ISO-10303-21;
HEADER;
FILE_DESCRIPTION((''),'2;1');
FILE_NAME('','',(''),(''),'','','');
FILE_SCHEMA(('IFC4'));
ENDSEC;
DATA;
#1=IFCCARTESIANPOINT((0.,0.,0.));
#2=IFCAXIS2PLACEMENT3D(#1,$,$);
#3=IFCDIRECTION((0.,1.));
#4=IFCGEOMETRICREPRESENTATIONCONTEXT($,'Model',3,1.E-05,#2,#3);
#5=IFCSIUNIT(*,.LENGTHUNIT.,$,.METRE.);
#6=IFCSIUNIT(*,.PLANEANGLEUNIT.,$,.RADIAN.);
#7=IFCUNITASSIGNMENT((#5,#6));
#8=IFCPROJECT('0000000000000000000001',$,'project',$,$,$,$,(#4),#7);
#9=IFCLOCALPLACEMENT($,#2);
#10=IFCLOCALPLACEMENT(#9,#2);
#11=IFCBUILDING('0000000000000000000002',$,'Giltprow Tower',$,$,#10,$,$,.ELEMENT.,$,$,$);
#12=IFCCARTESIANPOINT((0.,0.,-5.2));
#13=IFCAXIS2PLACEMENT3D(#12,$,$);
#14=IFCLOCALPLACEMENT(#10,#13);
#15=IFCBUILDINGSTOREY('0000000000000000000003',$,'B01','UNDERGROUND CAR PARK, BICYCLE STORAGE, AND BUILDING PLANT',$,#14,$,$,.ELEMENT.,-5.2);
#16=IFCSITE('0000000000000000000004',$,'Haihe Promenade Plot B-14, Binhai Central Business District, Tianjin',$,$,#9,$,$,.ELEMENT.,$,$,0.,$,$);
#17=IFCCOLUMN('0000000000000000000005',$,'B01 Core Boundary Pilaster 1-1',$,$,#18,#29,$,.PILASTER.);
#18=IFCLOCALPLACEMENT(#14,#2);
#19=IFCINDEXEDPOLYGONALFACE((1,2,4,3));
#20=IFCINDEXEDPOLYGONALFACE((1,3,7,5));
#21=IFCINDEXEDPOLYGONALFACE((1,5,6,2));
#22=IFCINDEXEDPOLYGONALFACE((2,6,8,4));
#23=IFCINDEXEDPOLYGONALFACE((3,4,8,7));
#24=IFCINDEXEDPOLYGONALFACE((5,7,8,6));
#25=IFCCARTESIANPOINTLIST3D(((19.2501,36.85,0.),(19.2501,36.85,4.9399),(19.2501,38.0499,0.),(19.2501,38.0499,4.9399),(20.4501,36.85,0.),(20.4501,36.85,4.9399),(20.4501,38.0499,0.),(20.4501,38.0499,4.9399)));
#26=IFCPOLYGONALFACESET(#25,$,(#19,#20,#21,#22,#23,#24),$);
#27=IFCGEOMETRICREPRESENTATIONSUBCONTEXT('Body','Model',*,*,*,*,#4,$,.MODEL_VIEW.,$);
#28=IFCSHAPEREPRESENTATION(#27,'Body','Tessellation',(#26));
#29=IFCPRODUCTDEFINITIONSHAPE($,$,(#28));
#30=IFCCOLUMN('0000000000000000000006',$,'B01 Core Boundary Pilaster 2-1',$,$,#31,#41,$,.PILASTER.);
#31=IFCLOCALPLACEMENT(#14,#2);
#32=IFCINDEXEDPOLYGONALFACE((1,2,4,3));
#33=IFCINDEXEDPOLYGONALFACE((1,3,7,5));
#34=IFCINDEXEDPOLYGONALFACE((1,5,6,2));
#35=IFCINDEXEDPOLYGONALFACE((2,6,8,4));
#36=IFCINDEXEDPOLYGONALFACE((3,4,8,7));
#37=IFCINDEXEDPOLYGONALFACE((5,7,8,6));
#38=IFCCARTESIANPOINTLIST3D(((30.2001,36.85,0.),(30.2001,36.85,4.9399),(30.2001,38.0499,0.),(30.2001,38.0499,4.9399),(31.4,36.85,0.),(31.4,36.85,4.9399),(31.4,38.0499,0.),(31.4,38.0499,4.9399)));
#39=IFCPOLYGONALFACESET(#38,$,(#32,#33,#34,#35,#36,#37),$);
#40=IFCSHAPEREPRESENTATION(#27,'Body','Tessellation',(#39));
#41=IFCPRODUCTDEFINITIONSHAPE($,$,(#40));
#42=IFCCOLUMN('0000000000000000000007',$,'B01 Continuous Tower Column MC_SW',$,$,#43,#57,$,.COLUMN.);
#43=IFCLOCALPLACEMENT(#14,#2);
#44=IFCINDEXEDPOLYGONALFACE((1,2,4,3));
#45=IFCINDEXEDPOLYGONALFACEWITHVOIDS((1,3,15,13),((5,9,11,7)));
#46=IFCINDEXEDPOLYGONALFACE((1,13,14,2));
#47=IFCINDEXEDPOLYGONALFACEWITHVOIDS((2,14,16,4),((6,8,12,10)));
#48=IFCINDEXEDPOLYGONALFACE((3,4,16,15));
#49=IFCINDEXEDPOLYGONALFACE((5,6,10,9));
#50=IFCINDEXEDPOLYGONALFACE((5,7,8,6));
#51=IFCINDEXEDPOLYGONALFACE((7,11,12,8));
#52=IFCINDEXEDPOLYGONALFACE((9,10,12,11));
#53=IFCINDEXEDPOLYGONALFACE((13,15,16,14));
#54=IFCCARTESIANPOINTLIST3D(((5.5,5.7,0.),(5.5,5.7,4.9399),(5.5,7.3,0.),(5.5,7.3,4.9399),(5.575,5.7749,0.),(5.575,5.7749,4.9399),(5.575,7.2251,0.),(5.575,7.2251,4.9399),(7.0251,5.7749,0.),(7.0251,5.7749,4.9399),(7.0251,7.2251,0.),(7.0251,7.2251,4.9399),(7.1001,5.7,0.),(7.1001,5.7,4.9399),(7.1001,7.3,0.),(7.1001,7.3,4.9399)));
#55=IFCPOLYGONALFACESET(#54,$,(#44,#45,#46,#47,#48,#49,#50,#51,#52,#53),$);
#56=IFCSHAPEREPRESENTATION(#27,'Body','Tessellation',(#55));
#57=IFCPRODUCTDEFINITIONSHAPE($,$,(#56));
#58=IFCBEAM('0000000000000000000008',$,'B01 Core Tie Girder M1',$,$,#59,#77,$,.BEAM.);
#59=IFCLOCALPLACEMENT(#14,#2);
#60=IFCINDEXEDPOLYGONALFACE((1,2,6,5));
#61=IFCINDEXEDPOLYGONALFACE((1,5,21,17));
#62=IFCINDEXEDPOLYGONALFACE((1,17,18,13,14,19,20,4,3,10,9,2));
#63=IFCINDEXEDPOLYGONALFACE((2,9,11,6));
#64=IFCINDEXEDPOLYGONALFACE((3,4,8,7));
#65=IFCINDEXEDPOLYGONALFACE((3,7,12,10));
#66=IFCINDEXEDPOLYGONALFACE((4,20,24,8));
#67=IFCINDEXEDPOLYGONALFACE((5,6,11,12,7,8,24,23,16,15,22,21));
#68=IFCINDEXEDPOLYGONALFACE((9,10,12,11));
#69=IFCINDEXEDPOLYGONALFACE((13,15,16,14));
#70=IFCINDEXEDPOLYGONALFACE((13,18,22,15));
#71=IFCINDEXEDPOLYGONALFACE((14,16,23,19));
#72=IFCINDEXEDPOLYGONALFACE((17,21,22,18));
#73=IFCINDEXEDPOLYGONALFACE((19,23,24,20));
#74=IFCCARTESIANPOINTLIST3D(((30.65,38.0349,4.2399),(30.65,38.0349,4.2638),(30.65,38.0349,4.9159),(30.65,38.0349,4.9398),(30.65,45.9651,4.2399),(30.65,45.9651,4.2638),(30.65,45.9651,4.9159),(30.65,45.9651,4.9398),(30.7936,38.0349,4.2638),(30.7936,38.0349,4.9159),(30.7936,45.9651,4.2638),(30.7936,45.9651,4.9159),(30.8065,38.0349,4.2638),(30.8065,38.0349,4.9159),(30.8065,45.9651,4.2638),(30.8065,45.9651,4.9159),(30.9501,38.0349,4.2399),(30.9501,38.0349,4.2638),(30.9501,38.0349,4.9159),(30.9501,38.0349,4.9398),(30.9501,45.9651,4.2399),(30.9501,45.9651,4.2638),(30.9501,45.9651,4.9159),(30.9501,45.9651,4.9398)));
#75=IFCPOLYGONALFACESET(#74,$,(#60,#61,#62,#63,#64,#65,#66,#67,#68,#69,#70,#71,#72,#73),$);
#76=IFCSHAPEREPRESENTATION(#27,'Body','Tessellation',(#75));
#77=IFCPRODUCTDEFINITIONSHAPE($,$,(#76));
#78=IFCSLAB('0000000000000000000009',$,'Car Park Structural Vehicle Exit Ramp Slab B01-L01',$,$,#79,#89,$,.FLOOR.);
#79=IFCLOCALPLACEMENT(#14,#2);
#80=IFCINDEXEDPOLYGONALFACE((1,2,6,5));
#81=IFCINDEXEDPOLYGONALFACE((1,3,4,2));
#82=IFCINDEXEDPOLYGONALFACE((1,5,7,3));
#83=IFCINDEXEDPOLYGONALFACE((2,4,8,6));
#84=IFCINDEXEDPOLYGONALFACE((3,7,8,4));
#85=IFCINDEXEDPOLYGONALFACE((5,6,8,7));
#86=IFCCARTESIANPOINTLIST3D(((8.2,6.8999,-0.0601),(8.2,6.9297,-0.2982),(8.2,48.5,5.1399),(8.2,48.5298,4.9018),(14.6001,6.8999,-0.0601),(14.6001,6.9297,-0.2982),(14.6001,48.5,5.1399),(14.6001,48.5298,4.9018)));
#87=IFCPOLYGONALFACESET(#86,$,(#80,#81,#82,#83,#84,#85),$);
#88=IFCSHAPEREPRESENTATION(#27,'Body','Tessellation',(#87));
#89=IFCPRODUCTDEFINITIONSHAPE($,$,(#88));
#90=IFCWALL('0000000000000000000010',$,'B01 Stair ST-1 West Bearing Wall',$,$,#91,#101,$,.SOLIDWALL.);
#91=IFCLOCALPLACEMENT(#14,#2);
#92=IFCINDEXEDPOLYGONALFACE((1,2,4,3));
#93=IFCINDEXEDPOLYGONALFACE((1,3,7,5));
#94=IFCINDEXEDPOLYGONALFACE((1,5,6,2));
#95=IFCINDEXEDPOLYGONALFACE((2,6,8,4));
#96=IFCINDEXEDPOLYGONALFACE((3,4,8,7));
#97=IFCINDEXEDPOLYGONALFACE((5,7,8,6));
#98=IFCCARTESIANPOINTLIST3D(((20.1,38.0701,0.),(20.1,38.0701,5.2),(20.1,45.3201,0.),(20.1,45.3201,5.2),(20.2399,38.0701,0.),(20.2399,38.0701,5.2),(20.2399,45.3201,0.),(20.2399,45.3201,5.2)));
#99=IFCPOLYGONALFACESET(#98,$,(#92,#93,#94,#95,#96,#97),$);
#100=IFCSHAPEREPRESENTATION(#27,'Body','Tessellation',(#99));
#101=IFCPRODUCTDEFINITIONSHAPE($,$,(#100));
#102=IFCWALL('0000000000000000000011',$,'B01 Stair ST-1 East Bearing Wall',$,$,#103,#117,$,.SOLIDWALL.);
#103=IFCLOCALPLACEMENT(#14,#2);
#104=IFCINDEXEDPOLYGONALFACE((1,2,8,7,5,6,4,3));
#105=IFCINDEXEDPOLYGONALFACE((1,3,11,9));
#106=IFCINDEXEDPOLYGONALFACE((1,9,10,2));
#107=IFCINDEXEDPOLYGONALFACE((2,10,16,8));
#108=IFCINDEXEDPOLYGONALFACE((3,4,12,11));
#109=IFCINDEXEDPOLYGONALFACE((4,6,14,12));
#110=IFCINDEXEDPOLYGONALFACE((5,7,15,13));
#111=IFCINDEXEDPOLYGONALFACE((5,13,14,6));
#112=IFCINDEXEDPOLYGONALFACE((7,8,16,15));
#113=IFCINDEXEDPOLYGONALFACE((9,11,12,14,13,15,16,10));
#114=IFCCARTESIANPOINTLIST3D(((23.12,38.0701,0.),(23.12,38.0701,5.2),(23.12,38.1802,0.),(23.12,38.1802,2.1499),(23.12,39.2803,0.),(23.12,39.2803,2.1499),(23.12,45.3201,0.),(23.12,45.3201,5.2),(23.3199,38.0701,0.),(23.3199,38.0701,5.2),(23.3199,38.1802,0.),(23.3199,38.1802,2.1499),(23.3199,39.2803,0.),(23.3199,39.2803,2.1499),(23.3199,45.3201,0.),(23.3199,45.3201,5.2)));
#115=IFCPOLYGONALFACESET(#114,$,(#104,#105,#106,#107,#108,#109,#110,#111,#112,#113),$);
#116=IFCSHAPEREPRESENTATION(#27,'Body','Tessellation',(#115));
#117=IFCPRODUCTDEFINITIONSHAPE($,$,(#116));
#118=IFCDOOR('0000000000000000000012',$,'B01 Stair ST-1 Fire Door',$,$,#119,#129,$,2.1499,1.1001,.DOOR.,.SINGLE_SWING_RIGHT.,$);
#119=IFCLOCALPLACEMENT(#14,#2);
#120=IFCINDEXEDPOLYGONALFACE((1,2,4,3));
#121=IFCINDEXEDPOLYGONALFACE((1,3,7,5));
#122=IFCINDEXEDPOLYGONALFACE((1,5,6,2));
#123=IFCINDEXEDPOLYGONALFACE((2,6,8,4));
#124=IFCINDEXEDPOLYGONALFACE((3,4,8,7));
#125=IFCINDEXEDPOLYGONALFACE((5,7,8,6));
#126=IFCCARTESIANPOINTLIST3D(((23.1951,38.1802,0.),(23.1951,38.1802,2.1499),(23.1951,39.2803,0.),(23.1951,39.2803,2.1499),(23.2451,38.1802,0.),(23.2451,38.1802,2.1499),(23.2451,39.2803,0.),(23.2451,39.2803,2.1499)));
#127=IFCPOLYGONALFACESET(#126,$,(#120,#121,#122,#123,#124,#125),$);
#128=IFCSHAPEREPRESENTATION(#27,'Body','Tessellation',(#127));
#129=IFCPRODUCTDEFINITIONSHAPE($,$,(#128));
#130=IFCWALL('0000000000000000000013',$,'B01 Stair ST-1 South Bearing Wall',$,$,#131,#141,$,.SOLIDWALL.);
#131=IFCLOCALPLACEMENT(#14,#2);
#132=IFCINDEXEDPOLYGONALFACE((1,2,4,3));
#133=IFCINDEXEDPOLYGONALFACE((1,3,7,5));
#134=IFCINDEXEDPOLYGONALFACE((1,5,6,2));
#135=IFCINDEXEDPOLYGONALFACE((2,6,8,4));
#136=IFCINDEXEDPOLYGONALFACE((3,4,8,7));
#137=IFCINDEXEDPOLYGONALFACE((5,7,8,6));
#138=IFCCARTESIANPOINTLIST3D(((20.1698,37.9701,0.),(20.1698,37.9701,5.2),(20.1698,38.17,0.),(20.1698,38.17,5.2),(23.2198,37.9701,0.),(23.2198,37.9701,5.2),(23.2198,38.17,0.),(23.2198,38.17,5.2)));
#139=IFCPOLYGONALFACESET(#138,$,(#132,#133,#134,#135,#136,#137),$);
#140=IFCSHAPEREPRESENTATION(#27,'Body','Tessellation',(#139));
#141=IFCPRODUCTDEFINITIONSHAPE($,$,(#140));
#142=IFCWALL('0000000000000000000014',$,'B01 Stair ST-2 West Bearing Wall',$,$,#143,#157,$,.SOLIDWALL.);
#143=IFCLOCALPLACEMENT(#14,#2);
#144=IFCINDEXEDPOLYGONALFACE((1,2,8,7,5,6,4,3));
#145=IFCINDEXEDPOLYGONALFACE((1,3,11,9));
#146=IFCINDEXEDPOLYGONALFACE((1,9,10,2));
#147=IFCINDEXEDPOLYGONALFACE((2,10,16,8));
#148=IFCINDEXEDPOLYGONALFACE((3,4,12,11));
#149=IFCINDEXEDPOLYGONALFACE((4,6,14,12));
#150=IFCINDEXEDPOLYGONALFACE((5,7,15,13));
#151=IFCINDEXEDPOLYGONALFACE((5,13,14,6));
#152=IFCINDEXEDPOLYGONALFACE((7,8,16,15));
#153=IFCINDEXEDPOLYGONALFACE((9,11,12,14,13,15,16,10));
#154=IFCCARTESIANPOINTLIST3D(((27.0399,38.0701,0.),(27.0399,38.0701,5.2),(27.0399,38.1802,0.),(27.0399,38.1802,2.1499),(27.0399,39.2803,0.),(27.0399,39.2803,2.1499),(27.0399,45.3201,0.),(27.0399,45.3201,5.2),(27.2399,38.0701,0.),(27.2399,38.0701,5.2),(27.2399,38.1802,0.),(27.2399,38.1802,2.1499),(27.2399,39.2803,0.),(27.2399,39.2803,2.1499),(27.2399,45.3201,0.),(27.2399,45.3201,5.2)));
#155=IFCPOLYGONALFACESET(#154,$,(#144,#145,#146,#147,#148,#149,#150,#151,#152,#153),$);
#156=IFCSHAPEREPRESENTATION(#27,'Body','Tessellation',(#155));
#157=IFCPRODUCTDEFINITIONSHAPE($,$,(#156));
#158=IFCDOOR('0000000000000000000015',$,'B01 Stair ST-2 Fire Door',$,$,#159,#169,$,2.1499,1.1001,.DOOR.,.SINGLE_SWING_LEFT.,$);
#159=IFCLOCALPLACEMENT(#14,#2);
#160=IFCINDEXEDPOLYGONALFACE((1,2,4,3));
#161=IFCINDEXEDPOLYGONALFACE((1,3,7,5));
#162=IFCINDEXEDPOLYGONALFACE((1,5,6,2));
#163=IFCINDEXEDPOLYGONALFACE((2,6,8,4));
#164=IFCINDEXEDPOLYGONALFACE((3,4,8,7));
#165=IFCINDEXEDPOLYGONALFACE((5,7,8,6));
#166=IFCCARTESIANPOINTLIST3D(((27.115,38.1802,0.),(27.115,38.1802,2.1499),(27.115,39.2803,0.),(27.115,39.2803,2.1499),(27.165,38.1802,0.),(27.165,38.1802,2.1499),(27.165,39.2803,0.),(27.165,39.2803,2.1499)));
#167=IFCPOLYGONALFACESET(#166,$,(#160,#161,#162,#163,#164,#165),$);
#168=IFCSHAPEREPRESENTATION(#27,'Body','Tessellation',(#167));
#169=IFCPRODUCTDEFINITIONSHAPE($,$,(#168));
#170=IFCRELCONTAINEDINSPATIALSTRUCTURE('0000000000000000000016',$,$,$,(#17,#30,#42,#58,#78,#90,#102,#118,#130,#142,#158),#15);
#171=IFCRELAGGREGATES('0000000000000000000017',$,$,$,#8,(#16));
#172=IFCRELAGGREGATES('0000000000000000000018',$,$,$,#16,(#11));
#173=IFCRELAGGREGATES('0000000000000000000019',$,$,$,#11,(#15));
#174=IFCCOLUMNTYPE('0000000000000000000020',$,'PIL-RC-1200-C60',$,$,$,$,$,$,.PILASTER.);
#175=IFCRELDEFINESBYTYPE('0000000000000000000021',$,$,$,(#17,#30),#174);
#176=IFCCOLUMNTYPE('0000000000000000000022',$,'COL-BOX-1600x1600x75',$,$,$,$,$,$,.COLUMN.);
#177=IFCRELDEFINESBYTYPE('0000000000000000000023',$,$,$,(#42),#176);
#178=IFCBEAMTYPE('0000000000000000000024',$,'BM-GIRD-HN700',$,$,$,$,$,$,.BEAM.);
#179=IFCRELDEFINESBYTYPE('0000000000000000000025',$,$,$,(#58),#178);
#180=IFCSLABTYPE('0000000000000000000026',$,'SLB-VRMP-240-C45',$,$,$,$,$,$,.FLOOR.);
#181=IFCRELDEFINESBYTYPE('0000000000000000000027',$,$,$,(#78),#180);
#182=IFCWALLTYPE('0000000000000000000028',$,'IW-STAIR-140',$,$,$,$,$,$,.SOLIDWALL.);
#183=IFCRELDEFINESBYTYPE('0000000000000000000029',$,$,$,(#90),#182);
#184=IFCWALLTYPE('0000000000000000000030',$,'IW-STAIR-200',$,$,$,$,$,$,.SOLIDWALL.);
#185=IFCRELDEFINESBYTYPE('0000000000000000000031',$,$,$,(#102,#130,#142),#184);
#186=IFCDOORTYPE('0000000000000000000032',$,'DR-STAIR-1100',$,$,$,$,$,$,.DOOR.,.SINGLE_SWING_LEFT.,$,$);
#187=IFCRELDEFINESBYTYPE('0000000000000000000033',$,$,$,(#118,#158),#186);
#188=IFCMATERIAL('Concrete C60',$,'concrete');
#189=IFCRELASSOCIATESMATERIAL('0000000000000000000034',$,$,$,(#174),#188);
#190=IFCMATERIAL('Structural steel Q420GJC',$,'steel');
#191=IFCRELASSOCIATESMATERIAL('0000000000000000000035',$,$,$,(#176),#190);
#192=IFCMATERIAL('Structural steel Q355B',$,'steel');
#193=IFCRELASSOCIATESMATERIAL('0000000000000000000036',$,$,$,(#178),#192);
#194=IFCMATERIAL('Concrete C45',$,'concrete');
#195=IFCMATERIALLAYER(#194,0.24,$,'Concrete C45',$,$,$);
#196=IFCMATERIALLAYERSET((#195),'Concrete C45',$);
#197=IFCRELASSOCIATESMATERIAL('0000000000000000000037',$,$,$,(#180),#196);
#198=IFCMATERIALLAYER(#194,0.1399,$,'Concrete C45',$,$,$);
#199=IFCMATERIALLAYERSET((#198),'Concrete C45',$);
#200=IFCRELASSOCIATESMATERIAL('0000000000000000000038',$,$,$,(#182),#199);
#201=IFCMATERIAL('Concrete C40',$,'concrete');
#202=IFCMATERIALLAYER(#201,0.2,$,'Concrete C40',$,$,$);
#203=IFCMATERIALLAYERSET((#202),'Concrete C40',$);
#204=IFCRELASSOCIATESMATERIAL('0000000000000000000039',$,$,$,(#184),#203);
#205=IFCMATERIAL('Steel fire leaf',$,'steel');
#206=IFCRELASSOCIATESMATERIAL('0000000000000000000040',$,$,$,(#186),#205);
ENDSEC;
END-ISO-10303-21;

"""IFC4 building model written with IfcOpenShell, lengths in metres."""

from ifc_helpers import new_model, si_unit, direction, frame, frame_2d, origin, origin_2d, place, context, subcontext, project, spatial, polyline, rectangle, hollow_rectangle, i_section, outline, extrude, source, transform, mapped, material, layer, layer_set, material_profile, profile_set, type_object, element, fill, save


model = new_model("IFC4")

# Units and contexts
model_context = context("Model", 3, precision=1e-05, world=origin(), true_north=direction((0.0, 1.0)))
body_context = subcontext(model_context, "Body", "Model", "MODEL_VIEW")
ifc_project = project(units=[si_unit("LENGTHUNIT", "METRE"), si_unit("PLANEANGLEUNIT", "RADIAN")], contexts=[model_context])

# Site, building, storey
site_placement = place(None, origin())
site = spatial("IfcSite", under=ifc_project, at=site_placement, Name="Haihe Promenade Plot B-14, Binhai Central Business District, Tianjin", CompositionType="ELEMENT", RefElevation=0.0)
building_placement = place(site_placement, origin())
building = spatial("IfcBuilding", under=site, at=building_placement, Name="Giltprow Tower", CompositionType="ELEMENT")
storey_placement = place(building_placement, frame((0.0, 0.0, -5.2)))
storey = spatial("IfcBuildingStorey", under=building, at=storey_placement, Name="B01", Description="UNDERGROUND CAR PARK, BICYCLE STORAGE, AND BUILDING PLANT", CompositionType="ELEMENT", Elevation=-5.2)

# Columns
ifc_material_1 = material(Name="Concrete C60", Category="concrete")
ifc_material_profile_1 = material_profile(ifc_material_1, rectangle(XDim=1.2, YDim=1.2, at=origin_2d()), Name="RC 1200x1200")
ifc_profile_set_1 = profile_set([ifc_material_profile_1], Name="Concrete C60")
column_type_1 = type_object("IfcColumnType", Name="PIL-RC-1200-C60", PredefinedType="PILASTER", material=ifc_profile_set_1)
shared_shape_1 = source(origin(), body_context, "Body", "SweptSolid", [
    extrude(rectangle(XDim=1.2, YDim=1.2, at=origin_2d()), origin(), (0.0, 0.0, 1.0), 4.9399),
])
for number, where, z_axis, x_axis, name in (
    (1, (19.8501, 37.45, 0.0), (0.0, 0.0, 1.0), (1.0, 0.0, 0.0), "B01 Core Boundary Pilaster 1-1"),
    (2, (30.8, 37.45, 0.0), (0.0, 0.0, 1.0), (1.0, 0.0, 0.0), "B01 Core Boundary Pilaster 2-1"),
):
    element("IfcColumn", number, at=place(storey_placement, frame(where, z_axis=z_axis, x_axis=x_axis)), inside=storey, type_object=column_type_1, Name=name, PredefinedType="PILASTER", context=body_context, shape_type="MappedRepresentation", body=[
        mapped(shared_shape_1, transform((0.0, 0.0, 0.0), x_axis=(1.0, 0.0, 0.0), y_axis=(0.0, 1.0, 0.0), z_axis=(0.0, 0.0, 1.0), scale=1.0)),
    ])
ifc_material_2 = material(Name="Structural steel Q420GJC", Category="steel")
ifc_material_profile_2 = material_profile(ifc_material_2, hollow_rectangle(XDim=1.6001, YDim=1.6001, WallThickness=0.075, at=origin_2d()), Name="BOX 1600x1600x75")
ifc_profile_set_2 = profile_set([ifc_material_profile_2], Name="Structural steel Q420GJC")
column_type_2 = type_object("IfcColumnType", Name="COL-BOX-1600x1600x75", PredefinedType="COLUMN", material=ifc_profile_set_2)
shared_shape_2 = source(origin(), body_context, "Body", "SweptSolid", [
    extrude(hollow_rectangle(XDim=1.6001, YDim=1.6001, WallThickness=0.075, at=origin_2d()), origin(), (0.0, 0.0, 1.0), 4.9399),
])
column_placement = place(storey_placement, frame((6.3, 6.5, 0.0), z_axis=(0.0, 0.0, 1.0), x_axis=(1.0, 0.0, 0.0)))
element("IfcColumn", 3, at=column_placement, inside=storey, type_object=column_type_2, Name="B01 Continuous Tower Column MC_SW", PredefinedType="COLUMN", context=body_context, shape_type="MappedRepresentation", body=[
    mapped(shared_shape_2, transform((0.0, 0.0, 0.0), x_axis=(1.0, 0.0, 0.0), y_axis=(0.0, 1.0, 0.0), z_axis=(0.0, 0.0, 1.0), scale=1.0)),
])

# Beam
ifc_material_3 = material(Name="Structural steel Q355B", Category="steel")
ifc_material_profile_3 = material_profile(ifc_material_3, i_section(OverallWidth=0.3, OverallDepth=0.7, WebThickness=0.0129, FlangeThickness=0.0239, at=origin_2d()), Name="HN 700x300x13x24")
ifc_profile_set_3 = profile_set([ifc_material_profile_3], Name="Structural steel Q355B")
beam_type = type_object("IfcBeamType", Name="BM-GIRD-HN700", PredefinedType="BEAM", material=ifc_profile_set_3)
shared_shape_3 = source(origin(), body_context, "Body", "SweptSolid", [
    extrude(i_section(OverallWidth=0.3, OverallDepth=0.7, WebThickness=0.0129, FlangeThickness=0.0239, at=origin_2d()), origin(), (0.0, 0.0, 1.0), 7.9302),
])
beam_placement = place(storey_placement, frame((30.8, 38.0349, 4.5898), z_axis=(0.0, 1.0, 0.0), x_axis=(-1.0, 0.0, 0.0)))
element("IfcBeam", 4, at=beam_placement, inside=storey, type_object=beam_type, Name="B01 Core Tie Girder M1", PredefinedType="BEAM", context=body_context, shape_type="MappedRepresentation", body=[
    mapped(shared_shape_3, transform((0.0, 0.0, 0.0), x_axis=(1.0, 0.0, 0.0), y_axis=(0.0, 1.0, 0.0), z_axis=(0.0, 0.0, 1.0), scale=1.0)),
])

# Slab
ifc_material_4 = material(Name="Concrete C45", Category="concrete")
ifc_layer_1 = layer(ifc_material_4, 0.24, Name="Concrete C45")
ifc_layer_set_1 = layer_set([ifc_layer_1], Name="Concrete C45")
slab_type = type_object("IfcSlabType", Name="SLB-VRMP-240-C45", PredefinedType="FLOOR", material=ifc_layer_set_1)
slab_placement = place(storey_placement, frame((8.2, 6.8999, -0.0601), z_axis=(0.0, -0.124033, 0.992278), x_axis=(1.0, 0.0, 0.0)))
element("IfcSlab", 5, at=slab_placement, inside=storey, type_object=slab_type, Name="Car Park Structural Vehicle Exit Ramp Slab B01-L01", PredefinedType="FLOOR", context=body_context, shape_type="SweptSolid", body=[
    extrude(outline(polyline([(0.0, 0.0), (6.4001, 0.0), (6.4001, 41.9238), (0.0, 41.9238), (0.0, 0.0)])), origin(), (0.0, 0.0, -1.0), 0.24),
])

# Wall
ifc_layer_2 = layer(ifc_material_4, 0.1399, Name="Concrete C45")
ifc_layer_set_2 = layer_set([ifc_layer_2], Name="Concrete C45")
wall_type_1 = type_object("IfcWallType", Name="IW-STAIR-140", PredefinedType="SOLIDWALL", material=ifc_layer_set_2)
wall_1_placement = place(storey_placement, frame((20.1699, 38.0701, 0.0), z_axis=(0.0, 0.0, 1.0), x_axis=(0.0, 1.0, 0.0)))
element("IfcWall", 6, at=wall_1_placement, inside=storey, type_object=wall_type_1, Name="B01 Stair ST-1 West Bearing Wall", PredefinedType="SOLIDWALL", context=body_context, shape_type="SweptSolid", body=[
    extrude(rectangle(XDim=7.25, YDim=0.1399, at=frame_2d((3.625, 0.0))), origin(), (0.0, 0.0, 1.0), 5.2),
])

# Wall, opening, door
ifc_material_5 = material(Name="Concrete C40", Category="concrete")
ifc_layer_3 = layer(ifc_material_5, 0.2, Name="Concrete C40")
ifc_layer_set_3 = layer_set([ifc_layer_3], Name="Concrete C40")
wall_type_2 = type_object("IfcWallType", Name="IW-STAIR-200", PredefinedType="SOLIDWALL", material=ifc_layer_set_3)
wall_2_placement = place(storey_placement, frame((23.22, 38.0701, 0.0), z_axis=(0.0, 0.0, 1.0), x_axis=(0.0, 1.0, 0.0)))
wall_2 = element("IfcWall", 7, at=wall_2_placement, inside=storey, type_object=wall_type_2, Name="B01 Stair ST-1 East Bearing Wall", PredefinedType="SOLIDWALL", context=body_context, shape_type="SweptSolid", body=[
    extrude(rectangle(XDim=7.25, YDim=0.2, at=frame_2d((3.625, 0.0))), origin(), (0.0, 0.0, 1.0), 5.2),
])
opening_1_placement = place(wall_2_placement, frame((0.1101, 0.0, 0.0)))
opening_1 = element("IfcOpeningElement", 8, at=opening_1_placement, cuts=wall_2, PredefinedType="OPENING", context=body_context, shape_type="SweptSolid", body=[
    extrude(rectangle(XDim=1.1001, YDim=2.1499, at=frame_2d((0.55, 1.075))), frame((0.0, 0.1099, 0.0), z_axis=(0.0, -1.0, 0.0), x_axis=(1.0, 0.0, 0.0)), (0.0, 0.0, 1.0), 0.22),
])
ifc_material_6 = material(Name="Steel fire leaf", Category="steel")
door_type_1 = type_object("IfcDoorType", Name="DR-STAIR-1100", OperationType="SINGLE_SWING_LEFT", PredefinedType="DOOR", material=ifc_material_6)
shared_shape_4 = source(origin(), body_context, "Body", "SweptSolid", [
    extrude(rectangle(XDim=1.1001, YDim=2.1499, at=frame_2d((0.55, 1.075))), frame((0.0, 0.0249, 0.0), z_axis=(0.0, -1.0, 0.0), x_axis=(1.0, 0.0, 0.0)), (0.0, 0.0, 1.0), 0.05),
])
door_1_placement = place(opening_1_placement, origin())
door_1 = element("IfcDoor", 9, at=door_1_placement, inside=storey, type_object=door_type_1, Name="B01 Stair ST-1 Fire Door", OperationType="SINGLE_SWING_RIGHT", OverallHeight=2.1499, OverallWidth=1.1001, PredefinedType="DOOR", context=body_context, shape_type="MappedRepresentation", body=[
    mapped(shared_shape_4, transform((0.0, 0.0, 0.0), x_axis=(1.0, 0.0, 0.0), y_axis=(0.0, 1.0, 0.0), z_axis=(0.0, 0.0, 1.0), scale=1.0)),
])
fill(opening_1, door_1)

# Wall
wall_3_placement = place(storey_placement, frame((20.1699, 38.0701, 0.0), z_axis=(0.0, 0.0, 1.0), x_axis=(1.0, 0.0, 0.0)))
element("IfcWall", 10, at=wall_3_placement, inside=storey, type_object=wall_type_2, Name="B01 Stair ST-1 South Bearing Wall", PredefinedType="SOLIDWALL", context=body_context, shape_type="SweptSolid", body=[
    extrude(rectangle(XDim=3.05, YDim=0.2, at=frame_2d((1.5249, 0.0))), origin(), (0.0, 0.0, 1.0), 5.2),
])

# Wall, opening, door
wall_4_placement = place(storey_placement, frame((27.1399, 38.0701, 0.0), z_axis=(0.0, 0.0, 1.0), x_axis=(0.0, 1.0, 0.0)))
wall_4 = element("IfcWall", 11, at=wall_4_placement, inside=storey, type_object=wall_type_2, Name="B01 Stair ST-2 West Bearing Wall", PredefinedType="SOLIDWALL", context=body_context, shape_type="SweptSolid", body=[
    extrude(rectangle(XDim=7.25, YDim=0.2, at=frame_2d((3.625, 0.0))), origin(), (0.0, 0.0, 1.0), 5.2),
])
opening_2_placement = place(wall_4_placement, frame((0.1101, 0.0, 0.0)))
opening_2 = element("IfcOpeningElement", 12, at=opening_2_placement, cuts=wall_4, PredefinedType="OPENING", context=body_context, shape_type="SweptSolid", body=[
    extrude(rectangle(XDim=1.1001, YDim=2.1499, at=frame_2d((0.55, 1.075))), frame((0.0, 0.1099, 0.0), z_axis=(0.0, -1.0, 0.0), x_axis=(1.0, 0.0, 0.0)), (0.0, 0.0, 1.0), 0.22),
])
door_2_placement = place(opening_2_placement, origin())
door_2 = element("IfcDoor", 13, at=door_2_placement, inside=storey, type_object=door_type_1, Name="B01 Stair ST-2 Fire Door", OperationType="SINGLE_SWING_LEFT", OverallHeight=2.1499, OverallWidth=1.1001, PredefinedType="DOOR", context=body_context, shape_type="MappedRepresentation", body=[
    mapped(shared_shape_4, transform((0.0, 0.0, 0.0), x_axis=(1.0, 0.0, 0.0), y_axis=(0.0, 1.0, 0.0), z_axis=(0.0, 0.0, 1.0), scale=1.0)),
])
fill(opening_2, door_2)

save(model, "model.ifc")
